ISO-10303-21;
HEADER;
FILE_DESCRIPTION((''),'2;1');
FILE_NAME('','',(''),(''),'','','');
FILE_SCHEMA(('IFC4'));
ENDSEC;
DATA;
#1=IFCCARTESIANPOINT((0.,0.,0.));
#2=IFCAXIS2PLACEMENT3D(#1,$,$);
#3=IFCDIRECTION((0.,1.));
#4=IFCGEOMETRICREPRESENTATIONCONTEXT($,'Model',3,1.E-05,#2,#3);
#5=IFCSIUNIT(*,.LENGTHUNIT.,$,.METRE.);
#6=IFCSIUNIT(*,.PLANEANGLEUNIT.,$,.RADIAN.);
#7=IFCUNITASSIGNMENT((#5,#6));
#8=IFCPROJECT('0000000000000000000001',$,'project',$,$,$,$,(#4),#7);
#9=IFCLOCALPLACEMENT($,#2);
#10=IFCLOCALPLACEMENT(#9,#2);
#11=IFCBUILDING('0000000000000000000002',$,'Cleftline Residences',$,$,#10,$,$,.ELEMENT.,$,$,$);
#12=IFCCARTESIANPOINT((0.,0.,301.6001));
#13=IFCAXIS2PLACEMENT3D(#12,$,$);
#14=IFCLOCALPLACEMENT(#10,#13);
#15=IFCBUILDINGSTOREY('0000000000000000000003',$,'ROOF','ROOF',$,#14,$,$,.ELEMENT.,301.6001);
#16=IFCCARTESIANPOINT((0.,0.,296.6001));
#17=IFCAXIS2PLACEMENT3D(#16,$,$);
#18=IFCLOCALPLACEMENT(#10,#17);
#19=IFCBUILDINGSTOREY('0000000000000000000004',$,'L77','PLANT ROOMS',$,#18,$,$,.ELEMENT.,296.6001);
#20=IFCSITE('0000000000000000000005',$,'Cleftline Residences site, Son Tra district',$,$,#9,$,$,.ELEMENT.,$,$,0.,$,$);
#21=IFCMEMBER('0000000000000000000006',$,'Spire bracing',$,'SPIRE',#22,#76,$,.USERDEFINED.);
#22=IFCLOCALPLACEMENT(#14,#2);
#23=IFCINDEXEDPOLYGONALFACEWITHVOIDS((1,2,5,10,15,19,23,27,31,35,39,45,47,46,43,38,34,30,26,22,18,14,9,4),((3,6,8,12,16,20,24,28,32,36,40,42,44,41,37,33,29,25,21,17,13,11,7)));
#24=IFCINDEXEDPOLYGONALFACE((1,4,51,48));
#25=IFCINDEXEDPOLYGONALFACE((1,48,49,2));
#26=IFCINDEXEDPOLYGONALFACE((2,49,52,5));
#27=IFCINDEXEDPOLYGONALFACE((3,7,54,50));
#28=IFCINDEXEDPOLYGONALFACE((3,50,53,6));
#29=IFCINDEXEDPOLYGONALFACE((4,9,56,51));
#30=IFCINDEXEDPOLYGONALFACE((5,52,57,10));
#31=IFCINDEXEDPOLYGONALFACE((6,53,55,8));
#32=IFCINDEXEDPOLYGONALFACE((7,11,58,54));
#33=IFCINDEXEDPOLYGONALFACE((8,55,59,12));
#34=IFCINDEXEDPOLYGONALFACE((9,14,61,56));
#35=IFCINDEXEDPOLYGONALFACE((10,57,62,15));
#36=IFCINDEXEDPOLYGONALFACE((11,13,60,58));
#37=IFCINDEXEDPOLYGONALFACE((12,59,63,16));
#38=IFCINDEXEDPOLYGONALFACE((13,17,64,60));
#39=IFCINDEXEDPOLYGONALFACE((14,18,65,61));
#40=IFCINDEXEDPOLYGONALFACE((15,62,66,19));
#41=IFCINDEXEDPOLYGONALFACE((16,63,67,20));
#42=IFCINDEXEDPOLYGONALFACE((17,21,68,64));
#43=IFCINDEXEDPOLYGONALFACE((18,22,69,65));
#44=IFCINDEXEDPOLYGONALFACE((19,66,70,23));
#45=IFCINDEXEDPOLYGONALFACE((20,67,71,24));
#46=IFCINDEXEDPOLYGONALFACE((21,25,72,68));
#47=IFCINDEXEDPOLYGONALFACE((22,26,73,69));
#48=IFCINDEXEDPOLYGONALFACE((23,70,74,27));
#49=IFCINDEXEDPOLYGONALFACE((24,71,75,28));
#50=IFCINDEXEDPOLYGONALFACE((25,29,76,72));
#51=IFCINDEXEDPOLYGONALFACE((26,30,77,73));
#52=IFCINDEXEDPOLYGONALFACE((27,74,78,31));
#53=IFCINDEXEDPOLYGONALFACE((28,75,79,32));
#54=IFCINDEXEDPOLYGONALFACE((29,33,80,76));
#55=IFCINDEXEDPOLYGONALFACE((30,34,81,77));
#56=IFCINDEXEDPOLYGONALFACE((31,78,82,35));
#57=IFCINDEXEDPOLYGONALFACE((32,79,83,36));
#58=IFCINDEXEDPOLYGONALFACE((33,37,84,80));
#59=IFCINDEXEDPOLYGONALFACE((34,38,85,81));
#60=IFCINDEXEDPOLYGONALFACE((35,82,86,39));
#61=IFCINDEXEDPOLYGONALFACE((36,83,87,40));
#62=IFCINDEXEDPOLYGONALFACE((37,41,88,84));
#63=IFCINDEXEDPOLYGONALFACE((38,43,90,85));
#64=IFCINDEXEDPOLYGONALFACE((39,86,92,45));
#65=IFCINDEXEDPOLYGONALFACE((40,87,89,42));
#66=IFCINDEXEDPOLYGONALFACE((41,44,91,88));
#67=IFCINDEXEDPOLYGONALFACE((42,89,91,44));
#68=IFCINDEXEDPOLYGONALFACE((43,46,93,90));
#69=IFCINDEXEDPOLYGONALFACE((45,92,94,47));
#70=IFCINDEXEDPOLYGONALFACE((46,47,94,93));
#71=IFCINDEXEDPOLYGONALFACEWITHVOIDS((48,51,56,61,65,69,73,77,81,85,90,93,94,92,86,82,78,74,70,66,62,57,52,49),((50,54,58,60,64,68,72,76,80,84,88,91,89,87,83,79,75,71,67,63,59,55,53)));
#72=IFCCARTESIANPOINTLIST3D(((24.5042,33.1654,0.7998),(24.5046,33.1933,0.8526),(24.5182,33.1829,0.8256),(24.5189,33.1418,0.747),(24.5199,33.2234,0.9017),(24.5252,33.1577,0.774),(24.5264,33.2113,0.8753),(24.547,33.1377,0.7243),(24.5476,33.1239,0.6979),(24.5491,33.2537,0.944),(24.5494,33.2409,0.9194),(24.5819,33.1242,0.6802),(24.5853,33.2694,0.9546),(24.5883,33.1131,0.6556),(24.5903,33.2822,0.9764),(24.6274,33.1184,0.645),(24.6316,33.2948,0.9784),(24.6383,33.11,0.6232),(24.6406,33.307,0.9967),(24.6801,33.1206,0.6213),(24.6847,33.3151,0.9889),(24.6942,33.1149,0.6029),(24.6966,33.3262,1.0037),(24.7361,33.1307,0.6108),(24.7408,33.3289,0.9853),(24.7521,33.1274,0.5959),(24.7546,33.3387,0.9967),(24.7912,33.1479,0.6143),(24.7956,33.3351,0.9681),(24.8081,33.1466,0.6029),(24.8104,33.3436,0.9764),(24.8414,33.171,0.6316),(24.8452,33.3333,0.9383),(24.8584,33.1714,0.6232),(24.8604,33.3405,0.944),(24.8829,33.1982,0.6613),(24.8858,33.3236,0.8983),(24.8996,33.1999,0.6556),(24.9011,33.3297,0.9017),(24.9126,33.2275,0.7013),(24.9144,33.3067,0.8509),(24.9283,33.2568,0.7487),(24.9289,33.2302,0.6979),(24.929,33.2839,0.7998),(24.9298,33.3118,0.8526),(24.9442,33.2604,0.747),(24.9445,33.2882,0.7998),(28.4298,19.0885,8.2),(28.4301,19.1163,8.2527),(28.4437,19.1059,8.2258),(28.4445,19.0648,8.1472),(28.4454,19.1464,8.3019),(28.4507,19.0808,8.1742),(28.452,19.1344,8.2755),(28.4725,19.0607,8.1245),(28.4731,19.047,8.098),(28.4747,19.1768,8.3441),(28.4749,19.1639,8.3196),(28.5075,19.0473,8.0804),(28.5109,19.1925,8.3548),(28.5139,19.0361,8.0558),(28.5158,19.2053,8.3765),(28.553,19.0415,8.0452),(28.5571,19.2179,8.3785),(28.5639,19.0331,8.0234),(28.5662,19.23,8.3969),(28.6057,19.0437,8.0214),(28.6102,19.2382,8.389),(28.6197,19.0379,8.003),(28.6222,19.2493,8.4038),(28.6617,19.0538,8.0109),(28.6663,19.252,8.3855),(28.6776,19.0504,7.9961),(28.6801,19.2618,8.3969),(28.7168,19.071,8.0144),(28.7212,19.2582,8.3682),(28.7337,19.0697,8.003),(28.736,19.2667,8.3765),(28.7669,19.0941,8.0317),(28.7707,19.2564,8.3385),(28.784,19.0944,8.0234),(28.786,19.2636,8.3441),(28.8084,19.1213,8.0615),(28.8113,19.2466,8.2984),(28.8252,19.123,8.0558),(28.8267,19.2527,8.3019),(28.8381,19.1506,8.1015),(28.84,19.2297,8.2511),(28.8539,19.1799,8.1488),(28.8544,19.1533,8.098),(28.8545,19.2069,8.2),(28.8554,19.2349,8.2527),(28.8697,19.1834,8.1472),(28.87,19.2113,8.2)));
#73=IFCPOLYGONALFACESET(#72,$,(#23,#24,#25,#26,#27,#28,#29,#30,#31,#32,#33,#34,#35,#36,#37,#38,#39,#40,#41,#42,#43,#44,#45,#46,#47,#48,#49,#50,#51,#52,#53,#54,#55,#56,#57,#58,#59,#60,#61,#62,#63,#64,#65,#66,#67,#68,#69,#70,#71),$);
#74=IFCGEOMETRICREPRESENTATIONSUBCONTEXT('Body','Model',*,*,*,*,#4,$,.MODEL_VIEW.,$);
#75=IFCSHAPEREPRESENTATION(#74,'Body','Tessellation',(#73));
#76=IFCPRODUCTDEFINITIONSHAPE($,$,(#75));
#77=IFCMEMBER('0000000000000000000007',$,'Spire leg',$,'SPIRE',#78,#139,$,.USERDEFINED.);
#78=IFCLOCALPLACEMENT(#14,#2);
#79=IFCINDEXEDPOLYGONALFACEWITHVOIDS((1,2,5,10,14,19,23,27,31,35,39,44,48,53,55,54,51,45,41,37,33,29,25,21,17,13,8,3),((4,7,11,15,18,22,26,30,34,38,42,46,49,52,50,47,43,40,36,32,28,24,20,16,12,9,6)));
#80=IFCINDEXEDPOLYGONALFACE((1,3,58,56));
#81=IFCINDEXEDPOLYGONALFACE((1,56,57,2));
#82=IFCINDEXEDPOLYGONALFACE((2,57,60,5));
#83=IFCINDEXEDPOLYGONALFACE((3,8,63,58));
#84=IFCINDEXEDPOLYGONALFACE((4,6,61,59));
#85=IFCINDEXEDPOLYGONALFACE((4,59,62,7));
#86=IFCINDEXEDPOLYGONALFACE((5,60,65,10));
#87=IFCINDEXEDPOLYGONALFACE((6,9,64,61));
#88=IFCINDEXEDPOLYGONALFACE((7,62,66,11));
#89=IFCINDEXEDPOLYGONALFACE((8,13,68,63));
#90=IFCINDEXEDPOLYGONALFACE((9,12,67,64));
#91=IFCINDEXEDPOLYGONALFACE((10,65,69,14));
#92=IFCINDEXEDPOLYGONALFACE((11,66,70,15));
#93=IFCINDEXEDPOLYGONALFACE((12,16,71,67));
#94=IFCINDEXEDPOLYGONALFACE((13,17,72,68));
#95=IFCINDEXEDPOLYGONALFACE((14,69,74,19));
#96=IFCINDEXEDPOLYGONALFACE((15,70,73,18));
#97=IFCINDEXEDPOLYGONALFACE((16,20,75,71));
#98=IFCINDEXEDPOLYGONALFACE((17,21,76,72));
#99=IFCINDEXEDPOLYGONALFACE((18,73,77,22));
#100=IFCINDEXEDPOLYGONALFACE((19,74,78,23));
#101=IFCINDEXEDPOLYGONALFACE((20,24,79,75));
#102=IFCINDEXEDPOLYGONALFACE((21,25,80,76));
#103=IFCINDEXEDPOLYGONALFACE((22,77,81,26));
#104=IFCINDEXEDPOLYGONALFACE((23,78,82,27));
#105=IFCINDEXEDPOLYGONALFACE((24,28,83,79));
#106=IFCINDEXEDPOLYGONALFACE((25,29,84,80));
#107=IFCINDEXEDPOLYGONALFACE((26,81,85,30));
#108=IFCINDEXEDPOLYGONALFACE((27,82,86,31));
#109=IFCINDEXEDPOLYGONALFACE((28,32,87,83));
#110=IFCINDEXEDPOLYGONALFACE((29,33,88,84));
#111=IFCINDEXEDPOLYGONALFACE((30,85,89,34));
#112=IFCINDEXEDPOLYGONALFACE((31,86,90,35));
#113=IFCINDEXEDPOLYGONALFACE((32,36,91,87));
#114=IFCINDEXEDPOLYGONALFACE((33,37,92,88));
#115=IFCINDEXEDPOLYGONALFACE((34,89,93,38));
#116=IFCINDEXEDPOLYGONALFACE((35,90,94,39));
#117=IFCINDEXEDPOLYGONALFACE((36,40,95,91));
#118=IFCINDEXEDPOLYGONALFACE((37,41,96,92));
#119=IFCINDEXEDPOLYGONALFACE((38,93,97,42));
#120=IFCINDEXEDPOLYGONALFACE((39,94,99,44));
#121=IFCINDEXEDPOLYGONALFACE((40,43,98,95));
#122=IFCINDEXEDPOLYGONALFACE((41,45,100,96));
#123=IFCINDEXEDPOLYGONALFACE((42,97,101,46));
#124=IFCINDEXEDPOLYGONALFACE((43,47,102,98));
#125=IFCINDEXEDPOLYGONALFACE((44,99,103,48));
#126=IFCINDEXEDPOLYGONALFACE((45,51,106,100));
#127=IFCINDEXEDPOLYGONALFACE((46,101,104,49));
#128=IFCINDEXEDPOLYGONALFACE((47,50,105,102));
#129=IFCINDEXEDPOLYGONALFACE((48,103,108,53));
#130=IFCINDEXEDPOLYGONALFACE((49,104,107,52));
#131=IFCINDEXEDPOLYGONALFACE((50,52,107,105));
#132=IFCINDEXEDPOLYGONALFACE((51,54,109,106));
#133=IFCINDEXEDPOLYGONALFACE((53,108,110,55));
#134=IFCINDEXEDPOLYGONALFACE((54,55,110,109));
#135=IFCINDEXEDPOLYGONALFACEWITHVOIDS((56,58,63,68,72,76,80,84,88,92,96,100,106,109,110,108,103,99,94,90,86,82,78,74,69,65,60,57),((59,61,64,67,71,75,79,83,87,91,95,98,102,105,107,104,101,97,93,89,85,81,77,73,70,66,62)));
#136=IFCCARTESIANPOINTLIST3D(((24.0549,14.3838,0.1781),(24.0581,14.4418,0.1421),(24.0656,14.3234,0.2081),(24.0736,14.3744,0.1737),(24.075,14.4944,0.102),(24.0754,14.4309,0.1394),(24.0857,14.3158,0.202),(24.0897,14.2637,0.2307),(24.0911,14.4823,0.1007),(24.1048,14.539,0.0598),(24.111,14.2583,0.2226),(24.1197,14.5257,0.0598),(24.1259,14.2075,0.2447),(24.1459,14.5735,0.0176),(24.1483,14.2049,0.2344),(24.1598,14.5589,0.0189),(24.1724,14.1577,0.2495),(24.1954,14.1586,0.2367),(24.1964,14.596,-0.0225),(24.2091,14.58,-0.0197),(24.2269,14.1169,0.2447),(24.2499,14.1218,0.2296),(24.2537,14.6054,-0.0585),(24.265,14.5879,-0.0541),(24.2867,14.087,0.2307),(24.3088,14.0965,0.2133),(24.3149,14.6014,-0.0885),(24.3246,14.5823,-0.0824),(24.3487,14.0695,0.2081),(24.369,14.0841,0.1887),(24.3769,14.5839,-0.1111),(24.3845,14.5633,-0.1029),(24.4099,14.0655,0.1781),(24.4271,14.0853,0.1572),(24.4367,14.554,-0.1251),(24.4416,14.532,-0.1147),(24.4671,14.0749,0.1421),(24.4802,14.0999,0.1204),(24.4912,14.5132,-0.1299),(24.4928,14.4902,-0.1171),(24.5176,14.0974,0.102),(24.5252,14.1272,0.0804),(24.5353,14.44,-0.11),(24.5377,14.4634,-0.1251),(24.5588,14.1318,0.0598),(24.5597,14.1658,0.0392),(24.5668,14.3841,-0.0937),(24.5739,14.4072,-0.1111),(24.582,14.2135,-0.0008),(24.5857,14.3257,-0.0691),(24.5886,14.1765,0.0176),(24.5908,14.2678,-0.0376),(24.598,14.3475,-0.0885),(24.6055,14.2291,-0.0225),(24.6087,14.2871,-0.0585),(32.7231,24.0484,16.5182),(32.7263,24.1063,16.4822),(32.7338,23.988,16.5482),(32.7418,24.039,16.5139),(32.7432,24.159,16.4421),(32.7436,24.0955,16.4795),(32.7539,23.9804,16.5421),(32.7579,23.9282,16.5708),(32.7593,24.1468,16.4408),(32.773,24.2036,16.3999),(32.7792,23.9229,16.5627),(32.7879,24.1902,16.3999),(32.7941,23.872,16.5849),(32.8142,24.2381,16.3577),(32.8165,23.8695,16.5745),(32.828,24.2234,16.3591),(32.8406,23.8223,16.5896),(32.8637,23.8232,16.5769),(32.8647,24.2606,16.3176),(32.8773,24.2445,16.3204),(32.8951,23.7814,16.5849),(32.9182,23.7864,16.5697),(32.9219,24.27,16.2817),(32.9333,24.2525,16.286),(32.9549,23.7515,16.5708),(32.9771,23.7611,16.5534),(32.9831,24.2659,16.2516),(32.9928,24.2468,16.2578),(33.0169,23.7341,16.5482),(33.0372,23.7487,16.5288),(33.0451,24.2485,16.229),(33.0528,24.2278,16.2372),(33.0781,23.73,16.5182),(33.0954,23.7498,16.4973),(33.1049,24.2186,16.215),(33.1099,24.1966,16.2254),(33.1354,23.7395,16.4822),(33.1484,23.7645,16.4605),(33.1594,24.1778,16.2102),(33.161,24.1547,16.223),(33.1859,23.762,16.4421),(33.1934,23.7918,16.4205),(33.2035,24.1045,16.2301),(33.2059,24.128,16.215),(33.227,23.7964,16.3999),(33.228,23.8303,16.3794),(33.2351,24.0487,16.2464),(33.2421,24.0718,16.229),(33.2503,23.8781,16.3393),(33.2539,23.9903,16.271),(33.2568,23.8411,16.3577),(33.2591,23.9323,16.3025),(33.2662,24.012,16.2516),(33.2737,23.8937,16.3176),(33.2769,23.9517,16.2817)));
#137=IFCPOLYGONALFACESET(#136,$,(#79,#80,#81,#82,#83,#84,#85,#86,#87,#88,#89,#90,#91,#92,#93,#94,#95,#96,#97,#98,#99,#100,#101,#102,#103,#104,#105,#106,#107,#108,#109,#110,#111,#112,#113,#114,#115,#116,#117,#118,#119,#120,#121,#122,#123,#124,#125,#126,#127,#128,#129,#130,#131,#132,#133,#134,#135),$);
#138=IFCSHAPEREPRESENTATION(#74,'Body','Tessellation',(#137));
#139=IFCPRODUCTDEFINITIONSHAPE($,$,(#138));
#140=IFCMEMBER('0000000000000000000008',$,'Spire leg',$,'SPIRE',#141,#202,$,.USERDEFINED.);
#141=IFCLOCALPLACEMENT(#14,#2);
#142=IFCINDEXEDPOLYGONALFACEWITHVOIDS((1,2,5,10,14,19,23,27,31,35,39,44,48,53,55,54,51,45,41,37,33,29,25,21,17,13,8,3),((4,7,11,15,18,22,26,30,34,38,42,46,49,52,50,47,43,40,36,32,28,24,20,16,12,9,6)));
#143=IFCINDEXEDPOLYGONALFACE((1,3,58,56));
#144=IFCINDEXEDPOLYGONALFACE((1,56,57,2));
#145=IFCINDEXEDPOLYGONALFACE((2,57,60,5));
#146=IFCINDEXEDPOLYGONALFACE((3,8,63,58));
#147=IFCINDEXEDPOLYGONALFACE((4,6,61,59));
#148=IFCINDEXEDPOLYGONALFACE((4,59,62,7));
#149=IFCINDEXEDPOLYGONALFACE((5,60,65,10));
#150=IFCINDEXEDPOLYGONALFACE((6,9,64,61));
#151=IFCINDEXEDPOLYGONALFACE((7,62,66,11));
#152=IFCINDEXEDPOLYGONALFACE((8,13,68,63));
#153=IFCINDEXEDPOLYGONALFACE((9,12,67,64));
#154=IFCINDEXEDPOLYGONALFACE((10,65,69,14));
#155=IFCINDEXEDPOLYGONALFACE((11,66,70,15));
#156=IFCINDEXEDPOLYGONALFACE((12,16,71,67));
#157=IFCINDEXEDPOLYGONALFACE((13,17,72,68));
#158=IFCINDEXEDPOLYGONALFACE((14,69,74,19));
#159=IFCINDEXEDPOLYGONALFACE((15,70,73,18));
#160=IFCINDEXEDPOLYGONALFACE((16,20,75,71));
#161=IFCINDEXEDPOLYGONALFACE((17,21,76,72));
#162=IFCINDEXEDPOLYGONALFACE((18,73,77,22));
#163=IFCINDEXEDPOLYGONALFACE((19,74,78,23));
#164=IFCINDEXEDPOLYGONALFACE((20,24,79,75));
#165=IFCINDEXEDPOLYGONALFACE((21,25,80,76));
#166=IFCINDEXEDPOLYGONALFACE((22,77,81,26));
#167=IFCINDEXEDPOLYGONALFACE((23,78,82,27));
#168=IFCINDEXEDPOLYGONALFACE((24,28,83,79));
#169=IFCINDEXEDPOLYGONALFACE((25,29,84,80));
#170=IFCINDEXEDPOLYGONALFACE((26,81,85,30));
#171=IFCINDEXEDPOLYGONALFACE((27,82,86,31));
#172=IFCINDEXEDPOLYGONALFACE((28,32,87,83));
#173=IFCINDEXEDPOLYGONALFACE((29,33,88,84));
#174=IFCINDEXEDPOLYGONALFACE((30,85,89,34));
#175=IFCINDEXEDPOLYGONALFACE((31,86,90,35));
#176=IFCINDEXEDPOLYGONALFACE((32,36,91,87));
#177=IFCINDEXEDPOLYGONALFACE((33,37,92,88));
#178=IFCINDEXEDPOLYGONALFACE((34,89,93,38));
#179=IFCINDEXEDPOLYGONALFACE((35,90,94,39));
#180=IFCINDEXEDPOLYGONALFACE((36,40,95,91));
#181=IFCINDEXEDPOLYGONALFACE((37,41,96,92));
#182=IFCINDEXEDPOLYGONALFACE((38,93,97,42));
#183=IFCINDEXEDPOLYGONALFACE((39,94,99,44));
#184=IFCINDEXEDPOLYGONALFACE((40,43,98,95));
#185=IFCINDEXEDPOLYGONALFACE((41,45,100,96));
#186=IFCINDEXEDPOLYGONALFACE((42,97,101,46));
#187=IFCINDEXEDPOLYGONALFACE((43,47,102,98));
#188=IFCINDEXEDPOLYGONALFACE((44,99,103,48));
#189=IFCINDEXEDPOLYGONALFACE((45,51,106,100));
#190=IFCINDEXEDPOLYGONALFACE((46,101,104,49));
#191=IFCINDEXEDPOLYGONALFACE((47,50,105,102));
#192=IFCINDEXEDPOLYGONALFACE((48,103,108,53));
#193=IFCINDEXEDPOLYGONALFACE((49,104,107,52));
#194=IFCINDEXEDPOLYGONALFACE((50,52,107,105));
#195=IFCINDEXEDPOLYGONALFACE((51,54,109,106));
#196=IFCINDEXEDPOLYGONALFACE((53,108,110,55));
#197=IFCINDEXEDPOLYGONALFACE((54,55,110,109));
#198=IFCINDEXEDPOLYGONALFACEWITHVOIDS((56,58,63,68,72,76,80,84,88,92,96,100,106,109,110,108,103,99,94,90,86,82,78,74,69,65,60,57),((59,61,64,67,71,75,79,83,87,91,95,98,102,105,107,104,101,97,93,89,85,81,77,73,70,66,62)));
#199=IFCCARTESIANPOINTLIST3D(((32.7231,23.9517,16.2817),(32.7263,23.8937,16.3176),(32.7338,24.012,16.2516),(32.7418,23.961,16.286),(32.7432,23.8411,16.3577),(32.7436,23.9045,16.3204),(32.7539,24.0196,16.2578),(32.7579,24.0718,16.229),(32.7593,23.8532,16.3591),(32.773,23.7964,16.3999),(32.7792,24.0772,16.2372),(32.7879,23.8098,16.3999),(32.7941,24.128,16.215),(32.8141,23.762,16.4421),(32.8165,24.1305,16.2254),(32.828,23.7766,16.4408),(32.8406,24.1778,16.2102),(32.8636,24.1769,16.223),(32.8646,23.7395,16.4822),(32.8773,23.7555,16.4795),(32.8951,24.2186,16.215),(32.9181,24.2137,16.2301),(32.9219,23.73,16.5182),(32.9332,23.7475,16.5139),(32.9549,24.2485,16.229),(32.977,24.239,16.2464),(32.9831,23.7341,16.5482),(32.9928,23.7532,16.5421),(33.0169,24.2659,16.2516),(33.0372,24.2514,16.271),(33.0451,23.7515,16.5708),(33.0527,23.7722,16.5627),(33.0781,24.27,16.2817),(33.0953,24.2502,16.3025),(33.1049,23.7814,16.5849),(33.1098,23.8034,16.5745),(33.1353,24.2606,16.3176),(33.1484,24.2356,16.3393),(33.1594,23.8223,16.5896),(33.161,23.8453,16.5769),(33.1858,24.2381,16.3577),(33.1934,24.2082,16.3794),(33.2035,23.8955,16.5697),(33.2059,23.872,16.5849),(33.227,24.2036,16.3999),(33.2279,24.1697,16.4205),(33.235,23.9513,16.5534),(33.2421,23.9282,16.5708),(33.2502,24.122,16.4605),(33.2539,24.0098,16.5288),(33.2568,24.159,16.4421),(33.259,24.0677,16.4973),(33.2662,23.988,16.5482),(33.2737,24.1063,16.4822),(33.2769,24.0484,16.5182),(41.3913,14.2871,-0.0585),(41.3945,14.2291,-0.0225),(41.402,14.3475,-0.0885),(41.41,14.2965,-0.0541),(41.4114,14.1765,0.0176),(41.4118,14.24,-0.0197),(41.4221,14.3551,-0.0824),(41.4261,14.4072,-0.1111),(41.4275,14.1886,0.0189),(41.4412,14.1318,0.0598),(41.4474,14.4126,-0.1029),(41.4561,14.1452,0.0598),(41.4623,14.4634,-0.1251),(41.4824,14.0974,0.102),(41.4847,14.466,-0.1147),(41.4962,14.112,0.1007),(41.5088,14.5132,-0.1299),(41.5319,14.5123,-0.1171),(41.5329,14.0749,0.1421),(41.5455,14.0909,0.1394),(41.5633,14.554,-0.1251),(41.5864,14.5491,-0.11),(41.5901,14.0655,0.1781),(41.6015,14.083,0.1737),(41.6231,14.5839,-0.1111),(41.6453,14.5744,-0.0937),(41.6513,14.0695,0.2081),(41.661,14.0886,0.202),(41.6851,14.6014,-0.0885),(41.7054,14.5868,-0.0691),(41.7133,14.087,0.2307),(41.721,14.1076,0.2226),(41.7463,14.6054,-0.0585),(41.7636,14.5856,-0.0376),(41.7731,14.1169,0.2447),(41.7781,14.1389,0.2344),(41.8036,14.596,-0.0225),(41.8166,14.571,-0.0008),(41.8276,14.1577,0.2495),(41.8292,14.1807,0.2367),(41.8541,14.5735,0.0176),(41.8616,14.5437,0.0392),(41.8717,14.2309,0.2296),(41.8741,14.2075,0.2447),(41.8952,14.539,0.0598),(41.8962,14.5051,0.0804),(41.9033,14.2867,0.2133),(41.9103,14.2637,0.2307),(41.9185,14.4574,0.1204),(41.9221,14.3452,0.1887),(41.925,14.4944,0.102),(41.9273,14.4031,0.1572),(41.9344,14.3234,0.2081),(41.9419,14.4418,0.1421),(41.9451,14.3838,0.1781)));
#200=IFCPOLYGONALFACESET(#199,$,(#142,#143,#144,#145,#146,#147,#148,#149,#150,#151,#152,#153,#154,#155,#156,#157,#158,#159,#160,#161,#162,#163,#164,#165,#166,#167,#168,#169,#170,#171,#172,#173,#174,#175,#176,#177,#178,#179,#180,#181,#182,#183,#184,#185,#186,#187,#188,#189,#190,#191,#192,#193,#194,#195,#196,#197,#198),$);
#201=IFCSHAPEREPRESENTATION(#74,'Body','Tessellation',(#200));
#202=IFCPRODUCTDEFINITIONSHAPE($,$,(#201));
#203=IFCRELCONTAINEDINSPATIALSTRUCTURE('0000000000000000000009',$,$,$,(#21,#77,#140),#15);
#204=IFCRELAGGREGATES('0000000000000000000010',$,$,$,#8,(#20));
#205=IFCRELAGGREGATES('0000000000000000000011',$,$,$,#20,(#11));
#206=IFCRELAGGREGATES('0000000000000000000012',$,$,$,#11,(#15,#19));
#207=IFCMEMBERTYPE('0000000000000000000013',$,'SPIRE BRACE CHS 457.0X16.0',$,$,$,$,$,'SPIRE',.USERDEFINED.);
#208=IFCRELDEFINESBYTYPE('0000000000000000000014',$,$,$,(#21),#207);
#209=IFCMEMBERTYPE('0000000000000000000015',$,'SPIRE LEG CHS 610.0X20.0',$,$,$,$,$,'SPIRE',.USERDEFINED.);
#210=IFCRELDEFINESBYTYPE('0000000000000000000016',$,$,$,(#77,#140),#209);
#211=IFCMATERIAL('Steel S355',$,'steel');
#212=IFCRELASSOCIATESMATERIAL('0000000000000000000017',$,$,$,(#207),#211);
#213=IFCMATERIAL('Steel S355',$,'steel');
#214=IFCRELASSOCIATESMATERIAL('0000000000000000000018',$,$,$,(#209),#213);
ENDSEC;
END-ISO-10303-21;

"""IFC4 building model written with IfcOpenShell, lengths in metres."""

from ifc_helpers import new_model, si_unit, direction, frame, origin, origin_2d, place, context, subcontext, project, spatial, hollow_circle, extrude, material, material_profile, profile_set, type_object, element, save


model = new_model("IFC4")

# Units and contexts
model_context = context("Model", 3, precision=1e-05, world=origin(), true_north=direction((0.0, 1.0)))
body_context = subcontext(model_context, "Body", "Model", "MODEL_VIEW")
ifc_project = project(units=[si_unit("LENGTHUNIT", "METRE"), si_unit("PLANEANGLEUNIT", "RADIAN")], contexts=[model_context])

# Site, building, storey
site_placement = place(None, origin())
site = spatial("IfcSite", under=ifc_project, at=site_placement, Name="Cleftline Residences site, Son Tra district", CompositionType="ELEMENT", RefElevation=0.0)
building_placement = place(site_placement, origin())
building = spatial("IfcBuilding", under=site, at=building_placement, Name="Cleftline Residences", CompositionType="ELEMENT")
storey_1_placement = place(building_placement, frame((0.0, 0.0, 301.6001)))
storey_1 = spatial("IfcBuildingStorey", under=building, at=storey_1_placement, Name="ROOF", Description="ROOF", CompositionType="ELEMENT", Elevation=301.6001)

# Members
ifc_material_1 = material(Name="Steel S355", Category="steel")
ifc_material_profile_1 = material_profile(ifc_material_1, hollow_circle(Radius=0.2285, WallThickness=0.0161, at=origin_2d()))
ifc_profile_set_1 = profile_set([ifc_material_profile_1], Name="Steel S355")
member_type_1 = type_object("IfcMemberType", Name="SPIRE BRACE CHS 457.0X16.0", ElementType="SPIRE", PredefinedType="USERDEFINED", material=ifc_profile_set_1)
member_1_placement = place(storey_1_placement, frame((24.7244, 33.2268, 0.7998), z_axis=(0.239642, -0.859353, 0.451757), x_axis=(0.963248, 0.268615, 0.0)))
element("IfcMember", 1, at=member_1_placement, inside=storey_1, type_object=member_type_1, Name="Spire bracing", ObjectType="SPIRE", PredefinedType="USERDEFINED", context=body_context, shape_type="SweptSolid", body=[
    extrude(hollow_circle(Radius=0.2285, WallThickness=0.0161, at=origin_2d()), origin(), (0.0, 0.0, 1.0), 16.3809),
])
ifc_material_2 = material(Name="Steel S355", Category="steel")
ifc_material_profile_2 = material_profile(ifc_material_2, hollow_circle(Radius=0.3049, WallThickness=0.02, at=origin_2d()))
ifc_profile_set_2 = profile_set([ifc_material_profile_2], Name="Steel S355")
member_type_2 = type_object("IfcMemberType", Name="SPIRE LEG CHS 610.0X20.0", ElementType="SPIRE", PredefinedType="USERDEFINED", material=ifc_profile_set_2)
for number, where, z_axis, x_axis, name in (
    (2, (24.3318, 14.3354, 0.0598), (0.415351, 0.463092, 0.782961), (-0.744438, 0.667692, 0.0), "Spire leg"),
    (3, (41.6682, 14.3354, 0.0598), (-0.415351, 0.463092, 0.782961), (-0.744438, -0.667692, 0.0), "Spire leg"),
):
    element("IfcMember", number, at=place(storey_1_placement, frame(where, z_axis=z_axis, x_axis=x_axis)), inside=storey_1, type_object=member_type_2, Name=name, ObjectType="SPIRE", PredefinedType="USERDEFINED", context=body_context, shape_type="SweptSolid", body=[
        extrude(hollow_circle(Radius=0.3049, WallThickness=0.02, at=origin_2d()), origin(), (0.0, 0.0, 1.0), 20.8696),
    ])

# Shared definitions
storey_2_placement = place(building_placement, frame((0.0, 0.0, 296.6001)))
storey_2 = spatial("IfcBuildingStorey", under=building, at=storey_2_placement, Name="L77", Description="PLANT ROOMS", CompositionType="ELEMENT", Elevation=296.6001)

save(model, "model.ifc")
